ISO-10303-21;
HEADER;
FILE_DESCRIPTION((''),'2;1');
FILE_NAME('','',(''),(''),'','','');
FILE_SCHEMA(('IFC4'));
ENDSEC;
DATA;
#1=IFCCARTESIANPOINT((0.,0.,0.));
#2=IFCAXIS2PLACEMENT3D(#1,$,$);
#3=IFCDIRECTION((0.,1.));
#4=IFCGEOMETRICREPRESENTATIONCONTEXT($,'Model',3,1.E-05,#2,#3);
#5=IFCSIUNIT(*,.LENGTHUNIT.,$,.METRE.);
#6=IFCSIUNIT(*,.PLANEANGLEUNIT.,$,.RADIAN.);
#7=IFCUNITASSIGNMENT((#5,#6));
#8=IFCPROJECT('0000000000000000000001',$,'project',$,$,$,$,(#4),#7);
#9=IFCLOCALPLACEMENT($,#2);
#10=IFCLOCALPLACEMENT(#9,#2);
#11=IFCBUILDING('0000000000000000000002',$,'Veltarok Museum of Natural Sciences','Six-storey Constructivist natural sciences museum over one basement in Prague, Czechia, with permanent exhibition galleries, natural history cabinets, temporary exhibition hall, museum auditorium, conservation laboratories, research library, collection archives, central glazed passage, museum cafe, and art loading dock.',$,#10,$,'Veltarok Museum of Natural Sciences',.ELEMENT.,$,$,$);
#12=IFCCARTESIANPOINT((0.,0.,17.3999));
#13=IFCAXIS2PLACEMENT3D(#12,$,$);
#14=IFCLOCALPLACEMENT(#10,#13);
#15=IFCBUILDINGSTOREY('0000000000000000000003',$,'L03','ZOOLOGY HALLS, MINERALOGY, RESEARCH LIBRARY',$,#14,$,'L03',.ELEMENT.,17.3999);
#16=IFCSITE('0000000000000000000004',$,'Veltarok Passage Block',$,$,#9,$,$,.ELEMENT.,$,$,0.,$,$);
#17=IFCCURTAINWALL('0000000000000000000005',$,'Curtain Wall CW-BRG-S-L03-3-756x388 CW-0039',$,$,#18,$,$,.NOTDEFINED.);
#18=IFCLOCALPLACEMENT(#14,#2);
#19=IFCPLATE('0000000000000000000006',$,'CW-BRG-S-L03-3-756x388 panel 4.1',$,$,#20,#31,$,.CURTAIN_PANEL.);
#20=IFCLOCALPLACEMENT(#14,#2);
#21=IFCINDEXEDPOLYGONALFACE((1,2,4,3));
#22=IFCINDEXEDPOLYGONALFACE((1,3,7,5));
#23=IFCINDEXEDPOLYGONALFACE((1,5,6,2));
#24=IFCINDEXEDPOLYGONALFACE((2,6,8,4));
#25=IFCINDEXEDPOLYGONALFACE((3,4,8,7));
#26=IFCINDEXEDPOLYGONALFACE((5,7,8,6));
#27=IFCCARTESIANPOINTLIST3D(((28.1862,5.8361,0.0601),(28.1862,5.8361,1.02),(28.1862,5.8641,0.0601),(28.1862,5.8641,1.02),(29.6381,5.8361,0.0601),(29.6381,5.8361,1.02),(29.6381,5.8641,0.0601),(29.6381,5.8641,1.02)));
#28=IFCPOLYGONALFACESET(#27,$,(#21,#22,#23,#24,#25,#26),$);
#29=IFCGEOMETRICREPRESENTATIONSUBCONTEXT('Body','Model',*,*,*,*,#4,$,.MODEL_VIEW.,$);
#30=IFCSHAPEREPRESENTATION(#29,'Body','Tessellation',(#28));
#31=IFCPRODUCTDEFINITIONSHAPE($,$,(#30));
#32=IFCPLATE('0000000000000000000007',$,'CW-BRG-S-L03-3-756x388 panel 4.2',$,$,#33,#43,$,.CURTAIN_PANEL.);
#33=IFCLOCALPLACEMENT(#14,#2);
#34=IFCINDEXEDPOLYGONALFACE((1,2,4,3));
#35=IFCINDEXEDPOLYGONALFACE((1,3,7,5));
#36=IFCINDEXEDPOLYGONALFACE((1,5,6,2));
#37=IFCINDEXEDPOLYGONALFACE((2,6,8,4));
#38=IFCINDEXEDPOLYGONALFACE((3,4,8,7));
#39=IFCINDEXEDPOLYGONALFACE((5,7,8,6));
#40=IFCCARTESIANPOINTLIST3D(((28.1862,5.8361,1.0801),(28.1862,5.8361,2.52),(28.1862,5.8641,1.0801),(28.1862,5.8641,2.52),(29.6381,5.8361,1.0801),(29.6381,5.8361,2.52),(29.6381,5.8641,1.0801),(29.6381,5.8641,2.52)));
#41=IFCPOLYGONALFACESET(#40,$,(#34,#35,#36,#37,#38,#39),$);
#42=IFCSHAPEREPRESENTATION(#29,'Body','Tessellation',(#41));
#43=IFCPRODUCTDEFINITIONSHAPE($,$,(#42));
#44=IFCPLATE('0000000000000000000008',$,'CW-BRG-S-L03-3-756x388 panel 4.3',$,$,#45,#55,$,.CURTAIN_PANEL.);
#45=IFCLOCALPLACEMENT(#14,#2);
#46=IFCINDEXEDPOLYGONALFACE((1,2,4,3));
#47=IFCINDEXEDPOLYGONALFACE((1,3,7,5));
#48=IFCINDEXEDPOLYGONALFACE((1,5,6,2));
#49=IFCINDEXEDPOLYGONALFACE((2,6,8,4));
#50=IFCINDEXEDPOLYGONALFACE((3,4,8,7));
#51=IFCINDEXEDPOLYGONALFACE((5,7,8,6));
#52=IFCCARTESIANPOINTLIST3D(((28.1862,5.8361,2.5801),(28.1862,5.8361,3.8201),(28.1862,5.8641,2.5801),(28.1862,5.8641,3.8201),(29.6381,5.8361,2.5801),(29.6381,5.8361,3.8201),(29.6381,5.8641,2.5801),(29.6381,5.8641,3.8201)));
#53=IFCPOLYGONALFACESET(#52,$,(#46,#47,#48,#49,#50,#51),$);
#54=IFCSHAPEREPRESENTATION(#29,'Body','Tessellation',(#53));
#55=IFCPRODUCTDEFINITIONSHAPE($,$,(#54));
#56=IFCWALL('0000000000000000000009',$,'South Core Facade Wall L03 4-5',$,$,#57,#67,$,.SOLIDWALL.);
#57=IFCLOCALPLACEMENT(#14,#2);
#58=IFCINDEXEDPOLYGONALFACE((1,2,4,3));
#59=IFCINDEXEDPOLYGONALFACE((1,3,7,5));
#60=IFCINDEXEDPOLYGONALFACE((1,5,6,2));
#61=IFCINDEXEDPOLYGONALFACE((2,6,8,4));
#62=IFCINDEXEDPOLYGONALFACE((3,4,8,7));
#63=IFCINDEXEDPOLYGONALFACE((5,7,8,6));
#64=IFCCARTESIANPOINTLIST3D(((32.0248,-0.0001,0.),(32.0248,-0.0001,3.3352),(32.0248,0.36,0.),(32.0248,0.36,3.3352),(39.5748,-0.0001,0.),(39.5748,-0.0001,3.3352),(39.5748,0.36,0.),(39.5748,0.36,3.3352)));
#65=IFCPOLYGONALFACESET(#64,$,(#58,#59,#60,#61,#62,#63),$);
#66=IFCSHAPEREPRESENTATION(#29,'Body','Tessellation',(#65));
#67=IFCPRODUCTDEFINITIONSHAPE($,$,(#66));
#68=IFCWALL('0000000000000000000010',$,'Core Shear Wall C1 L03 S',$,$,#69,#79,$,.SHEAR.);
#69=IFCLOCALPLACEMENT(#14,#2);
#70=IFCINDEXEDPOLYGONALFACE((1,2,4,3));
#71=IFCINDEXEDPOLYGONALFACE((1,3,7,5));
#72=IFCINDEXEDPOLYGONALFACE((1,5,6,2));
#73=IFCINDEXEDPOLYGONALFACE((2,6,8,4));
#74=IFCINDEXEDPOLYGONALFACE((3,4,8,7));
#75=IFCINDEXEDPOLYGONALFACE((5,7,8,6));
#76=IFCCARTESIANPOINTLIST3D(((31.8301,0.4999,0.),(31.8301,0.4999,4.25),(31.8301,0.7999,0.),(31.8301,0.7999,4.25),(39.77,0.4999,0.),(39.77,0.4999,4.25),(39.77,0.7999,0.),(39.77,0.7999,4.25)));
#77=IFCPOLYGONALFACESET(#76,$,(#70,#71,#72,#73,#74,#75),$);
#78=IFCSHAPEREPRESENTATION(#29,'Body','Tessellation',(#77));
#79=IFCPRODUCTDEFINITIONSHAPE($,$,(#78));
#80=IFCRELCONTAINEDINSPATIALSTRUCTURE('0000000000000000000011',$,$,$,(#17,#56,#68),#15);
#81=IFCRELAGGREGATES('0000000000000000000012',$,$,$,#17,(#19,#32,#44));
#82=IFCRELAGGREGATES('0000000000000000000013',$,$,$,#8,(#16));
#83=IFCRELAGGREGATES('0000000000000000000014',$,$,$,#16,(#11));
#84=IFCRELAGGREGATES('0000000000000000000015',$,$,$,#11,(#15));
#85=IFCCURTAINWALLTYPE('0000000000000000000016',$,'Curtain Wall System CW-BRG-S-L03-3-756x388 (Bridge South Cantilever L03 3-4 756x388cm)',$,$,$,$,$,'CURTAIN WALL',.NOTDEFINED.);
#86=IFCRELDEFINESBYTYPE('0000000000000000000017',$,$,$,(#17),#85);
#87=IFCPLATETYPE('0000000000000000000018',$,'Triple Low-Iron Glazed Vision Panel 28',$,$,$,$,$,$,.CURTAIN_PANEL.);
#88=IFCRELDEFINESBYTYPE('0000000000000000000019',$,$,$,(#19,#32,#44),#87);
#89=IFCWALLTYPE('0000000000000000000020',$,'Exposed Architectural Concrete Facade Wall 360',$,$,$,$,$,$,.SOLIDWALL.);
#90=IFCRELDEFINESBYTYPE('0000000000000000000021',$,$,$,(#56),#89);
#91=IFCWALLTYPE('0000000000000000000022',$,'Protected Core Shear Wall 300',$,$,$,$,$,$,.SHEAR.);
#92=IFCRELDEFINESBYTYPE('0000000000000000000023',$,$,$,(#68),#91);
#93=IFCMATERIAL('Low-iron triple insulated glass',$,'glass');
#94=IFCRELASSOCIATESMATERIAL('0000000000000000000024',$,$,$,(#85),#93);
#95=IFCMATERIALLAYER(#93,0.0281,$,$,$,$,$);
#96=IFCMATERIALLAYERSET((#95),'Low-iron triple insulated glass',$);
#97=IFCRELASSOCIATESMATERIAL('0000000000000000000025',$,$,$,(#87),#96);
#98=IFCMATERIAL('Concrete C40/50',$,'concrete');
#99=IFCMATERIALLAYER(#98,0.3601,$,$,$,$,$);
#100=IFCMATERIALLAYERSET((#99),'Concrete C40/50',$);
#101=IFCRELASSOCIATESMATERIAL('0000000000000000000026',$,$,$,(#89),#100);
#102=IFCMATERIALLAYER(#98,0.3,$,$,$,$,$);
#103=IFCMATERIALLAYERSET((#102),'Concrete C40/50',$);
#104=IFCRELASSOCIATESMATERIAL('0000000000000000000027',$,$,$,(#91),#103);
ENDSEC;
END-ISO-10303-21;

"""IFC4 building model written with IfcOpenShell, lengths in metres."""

from ifc_helpers import new_model, si_unit, direction, frame, frame_2d, origin, origin_2d, place, context, subcontext, project, spatial, rectangle, extrude, material, layer, layer_set, type_object, element, aggregate, save


model = new_model("IFC4")

# Units and contexts
model_context = context("Model", 3, precision=1e-05, world=origin(), true_north=direction((0.0, 1.0)))
body_context = subcontext(model_context, "Body", "Model", "MODEL_VIEW")
ifc_project = project(units=[si_unit("LENGTHUNIT", "METRE"), si_unit("PLANEANGLEUNIT", "RADIAN")], contexts=[model_context])

# Site, building, storey
site_placement = place(None, origin())
site = spatial("IfcSite", under=ifc_project, at=site_placement, Name="Veltarok Passage Block", CompositionType="ELEMENT", RefElevation=0.0)
building_placement = place(site_placement, origin())
building = spatial("IfcBuilding", under=site, at=building_placement, Name="Veltarok Museum of Natural Sciences", Description="Six-storey Constructivist natural sciences museum over one basement in Prague, Czechia, with permanent exhibition galleries, natural history cabinets, temporary exhibition hall, museum auditorium, conservation laboratories, research library, collection archives, central glazed passage, museum cafe, and art loading dock.", LongName="Veltarok Museum of Natural Sciences", CompositionType="ELEMENT")
storey_placement = place(building_placement, frame((0.0, 0.0, 17.3999)))
storey = spatial("IfcBuildingStorey", under=building, at=storey_placement, Name="L03", Description="ZOOLOGY HALLS, MINERALOGY, RESEARCH LIBRARY", LongName="L03", CompositionType="ELEMENT", Elevation=17.3999)

# Shared definitions
ifc_material_1 = material(Name="Concrete C40/50", Category="concrete")

# Curtain wall
ifc_material_2 = material(Name="Low-iron triple insulated glass", Category="glass")
curtain_wall_type = type_object("IfcCurtainWallType", Name="Curtain Wall System CW-BRG-S-L03-3-756x388 (Bridge South Cantilever L03 3-4 756x388cm)", ElementType="CURTAIN WALL", PredefinedType="NOTDEFINED", material=ifc_material_2)
curtain_wall_placement = place(storey_placement, origin())
curtain_wall = element("IfcCurtainWall", 1, at=curtain_wall_placement, inside=storey, type_object=curtain_wall_type, Name="Curtain Wall CW-BRG-S-L03-3-756x388 CW-0039", PredefinedType="NOTDEFINED")

# Plates
ifc_layer_1 = layer(ifc_material_2, 0.0281)
ifc_layer_set_1 = layer_set([ifc_layer_1], Name="Low-iron triple insulated glass")
plate_type_1 = type_object("IfcPlateType", Name="Triple Low-Iron Glazed Vision Panel 28", PredefinedType="CURTAIN_PANEL", material=ifc_layer_set_1)
plate_1_placement = place(storey_placement, frame((28.9121, 5.8501, 0.0601), z_axis=(0.0, 0.0, 1.0), x_axis=(1.0, 0.0, 0.0)))
plate_1 = element("IfcPlate", 2, at=plate_1_placement, type_object=plate_type_1, Name="CW-BRG-S-L03-3-756x388 panel 4.1", PredefinedType="CURTAIN_PANEL", context=body_context, shape_type="SweptSolid", body=[
    extrude(rectangle(XDim=1.4519, YDim=0.0281, at=origin_2d()), origin(), (0.0, 0.0, 1.0), 0.96),
])
plate_2_placement = place(storey_placement, frame((28.9121, 5.8501, 1.0801), z_axis=(0.0, 0.0, 1.0), x_axis=(1.0, 0.0, 0.0)))
plate_2 = element("IfcPlate", 3, at=plate_2_placement, type_object=plate_type_1, Name="CW-BRG-S-L03-3-756x388 panel 4.2", PredefinedType="CURTAIN_PANEL", context=body_context, shape_type="SweptSolid", body=[
    extrude(rectangle(XDim=1.4519, YDim=0.0281, at=origin_2d()), origin(), (0.0, 0.0, 1.0), 1.4399),
])
plate_3_placement = place(storey_placement, frame((28.9121, 5.8501, 2.5801), z_axis=(0.0, 0.0, 1.0), x_axis=(1.0, 0.0, 0.0)))
plate_3 = element("IfcPlate", 4, at=plate_3_placement, type_object=plate_type_1, Name="CW-BRG-S-L03-3-756x388 panel 4.3", PredefinedType="CURTAIN_PANEL", context=body_context, shape_type="SweptSolid", body=[
    extrude(rectangle(XDim=1.4519, YDim=0.0281, at=origin_2d()), origin(), (0.0, 0.0, 1.0), 1.24),
])
aggregate(curtain_wall, [plate_1, plate_2, plate_3])

# Walls
ifc_layer_2 = layer(ifc_material_1, 0.3601)
ifc_layer_set_2 = layer_set([ifc_layer_2], Name="Concrete C40/50")
wall_type_1 = type_object("IfcWallType", Name="Exposed Architectural Concrete Facade Wall 360", PredefinedType="SOLIDWALL", material=ifc_layer_set_2)
wall_1_placement = place(storey_placement, frame((32.0249, 0.1799, 0.0), z_axis=(0.0, 0.0, 1.0), x_axis=(1.0, 0.0, 0.0)))
element("IfcWall", 5, at=wall_1_placement, inside=storey, type_object=wall_type_1, Name="South Core Facade Wall L03 4-5", PredefinedType="SOLIDWALL", context=body_context, shape_type="SweptSolid", body=[
    extrude(rectangle(XDim=7.55, YDim=0.3601, at=frame_2d((3.7749, 0.0))), origin(), (0.0, 0.0, 1.0), 3.3352),
])
ifc_layer_3 = layer(ifc_material_1, 0.3)
ifc_layer_set_3 = layer_set([ifc_layer_3], Name="Concrete C40/50")
wall_type_2 = type_object("IfcWallType", Name="Protected Core Shear Wall 300", PredefinedType="SHEAR", material=ifc_layer_set_3)
wall_2_placement = place(storey_placement, frame((31.8301, 0.6499, 0.0), z_axis=(0.0, 0.0, 1.0), x_axis=(1.0, 0.0, 0.0)))
element("IfcWall", 6, at=wall_2_placement, inside=storey, type_object=wall_type_2, Name="Core Shear Wall C1 L03 S", PredefinedType="SHEAR", context=body_context, shape_type="SweptSolid", body=[
    extrude(rectangle(XDim=7.9399, YDim=0.3, at=frame_2d((3.97, 0.0))), origin(), (0.0, 0.0, 1.0), 4.25),
])

save(model, "model.ifc")
